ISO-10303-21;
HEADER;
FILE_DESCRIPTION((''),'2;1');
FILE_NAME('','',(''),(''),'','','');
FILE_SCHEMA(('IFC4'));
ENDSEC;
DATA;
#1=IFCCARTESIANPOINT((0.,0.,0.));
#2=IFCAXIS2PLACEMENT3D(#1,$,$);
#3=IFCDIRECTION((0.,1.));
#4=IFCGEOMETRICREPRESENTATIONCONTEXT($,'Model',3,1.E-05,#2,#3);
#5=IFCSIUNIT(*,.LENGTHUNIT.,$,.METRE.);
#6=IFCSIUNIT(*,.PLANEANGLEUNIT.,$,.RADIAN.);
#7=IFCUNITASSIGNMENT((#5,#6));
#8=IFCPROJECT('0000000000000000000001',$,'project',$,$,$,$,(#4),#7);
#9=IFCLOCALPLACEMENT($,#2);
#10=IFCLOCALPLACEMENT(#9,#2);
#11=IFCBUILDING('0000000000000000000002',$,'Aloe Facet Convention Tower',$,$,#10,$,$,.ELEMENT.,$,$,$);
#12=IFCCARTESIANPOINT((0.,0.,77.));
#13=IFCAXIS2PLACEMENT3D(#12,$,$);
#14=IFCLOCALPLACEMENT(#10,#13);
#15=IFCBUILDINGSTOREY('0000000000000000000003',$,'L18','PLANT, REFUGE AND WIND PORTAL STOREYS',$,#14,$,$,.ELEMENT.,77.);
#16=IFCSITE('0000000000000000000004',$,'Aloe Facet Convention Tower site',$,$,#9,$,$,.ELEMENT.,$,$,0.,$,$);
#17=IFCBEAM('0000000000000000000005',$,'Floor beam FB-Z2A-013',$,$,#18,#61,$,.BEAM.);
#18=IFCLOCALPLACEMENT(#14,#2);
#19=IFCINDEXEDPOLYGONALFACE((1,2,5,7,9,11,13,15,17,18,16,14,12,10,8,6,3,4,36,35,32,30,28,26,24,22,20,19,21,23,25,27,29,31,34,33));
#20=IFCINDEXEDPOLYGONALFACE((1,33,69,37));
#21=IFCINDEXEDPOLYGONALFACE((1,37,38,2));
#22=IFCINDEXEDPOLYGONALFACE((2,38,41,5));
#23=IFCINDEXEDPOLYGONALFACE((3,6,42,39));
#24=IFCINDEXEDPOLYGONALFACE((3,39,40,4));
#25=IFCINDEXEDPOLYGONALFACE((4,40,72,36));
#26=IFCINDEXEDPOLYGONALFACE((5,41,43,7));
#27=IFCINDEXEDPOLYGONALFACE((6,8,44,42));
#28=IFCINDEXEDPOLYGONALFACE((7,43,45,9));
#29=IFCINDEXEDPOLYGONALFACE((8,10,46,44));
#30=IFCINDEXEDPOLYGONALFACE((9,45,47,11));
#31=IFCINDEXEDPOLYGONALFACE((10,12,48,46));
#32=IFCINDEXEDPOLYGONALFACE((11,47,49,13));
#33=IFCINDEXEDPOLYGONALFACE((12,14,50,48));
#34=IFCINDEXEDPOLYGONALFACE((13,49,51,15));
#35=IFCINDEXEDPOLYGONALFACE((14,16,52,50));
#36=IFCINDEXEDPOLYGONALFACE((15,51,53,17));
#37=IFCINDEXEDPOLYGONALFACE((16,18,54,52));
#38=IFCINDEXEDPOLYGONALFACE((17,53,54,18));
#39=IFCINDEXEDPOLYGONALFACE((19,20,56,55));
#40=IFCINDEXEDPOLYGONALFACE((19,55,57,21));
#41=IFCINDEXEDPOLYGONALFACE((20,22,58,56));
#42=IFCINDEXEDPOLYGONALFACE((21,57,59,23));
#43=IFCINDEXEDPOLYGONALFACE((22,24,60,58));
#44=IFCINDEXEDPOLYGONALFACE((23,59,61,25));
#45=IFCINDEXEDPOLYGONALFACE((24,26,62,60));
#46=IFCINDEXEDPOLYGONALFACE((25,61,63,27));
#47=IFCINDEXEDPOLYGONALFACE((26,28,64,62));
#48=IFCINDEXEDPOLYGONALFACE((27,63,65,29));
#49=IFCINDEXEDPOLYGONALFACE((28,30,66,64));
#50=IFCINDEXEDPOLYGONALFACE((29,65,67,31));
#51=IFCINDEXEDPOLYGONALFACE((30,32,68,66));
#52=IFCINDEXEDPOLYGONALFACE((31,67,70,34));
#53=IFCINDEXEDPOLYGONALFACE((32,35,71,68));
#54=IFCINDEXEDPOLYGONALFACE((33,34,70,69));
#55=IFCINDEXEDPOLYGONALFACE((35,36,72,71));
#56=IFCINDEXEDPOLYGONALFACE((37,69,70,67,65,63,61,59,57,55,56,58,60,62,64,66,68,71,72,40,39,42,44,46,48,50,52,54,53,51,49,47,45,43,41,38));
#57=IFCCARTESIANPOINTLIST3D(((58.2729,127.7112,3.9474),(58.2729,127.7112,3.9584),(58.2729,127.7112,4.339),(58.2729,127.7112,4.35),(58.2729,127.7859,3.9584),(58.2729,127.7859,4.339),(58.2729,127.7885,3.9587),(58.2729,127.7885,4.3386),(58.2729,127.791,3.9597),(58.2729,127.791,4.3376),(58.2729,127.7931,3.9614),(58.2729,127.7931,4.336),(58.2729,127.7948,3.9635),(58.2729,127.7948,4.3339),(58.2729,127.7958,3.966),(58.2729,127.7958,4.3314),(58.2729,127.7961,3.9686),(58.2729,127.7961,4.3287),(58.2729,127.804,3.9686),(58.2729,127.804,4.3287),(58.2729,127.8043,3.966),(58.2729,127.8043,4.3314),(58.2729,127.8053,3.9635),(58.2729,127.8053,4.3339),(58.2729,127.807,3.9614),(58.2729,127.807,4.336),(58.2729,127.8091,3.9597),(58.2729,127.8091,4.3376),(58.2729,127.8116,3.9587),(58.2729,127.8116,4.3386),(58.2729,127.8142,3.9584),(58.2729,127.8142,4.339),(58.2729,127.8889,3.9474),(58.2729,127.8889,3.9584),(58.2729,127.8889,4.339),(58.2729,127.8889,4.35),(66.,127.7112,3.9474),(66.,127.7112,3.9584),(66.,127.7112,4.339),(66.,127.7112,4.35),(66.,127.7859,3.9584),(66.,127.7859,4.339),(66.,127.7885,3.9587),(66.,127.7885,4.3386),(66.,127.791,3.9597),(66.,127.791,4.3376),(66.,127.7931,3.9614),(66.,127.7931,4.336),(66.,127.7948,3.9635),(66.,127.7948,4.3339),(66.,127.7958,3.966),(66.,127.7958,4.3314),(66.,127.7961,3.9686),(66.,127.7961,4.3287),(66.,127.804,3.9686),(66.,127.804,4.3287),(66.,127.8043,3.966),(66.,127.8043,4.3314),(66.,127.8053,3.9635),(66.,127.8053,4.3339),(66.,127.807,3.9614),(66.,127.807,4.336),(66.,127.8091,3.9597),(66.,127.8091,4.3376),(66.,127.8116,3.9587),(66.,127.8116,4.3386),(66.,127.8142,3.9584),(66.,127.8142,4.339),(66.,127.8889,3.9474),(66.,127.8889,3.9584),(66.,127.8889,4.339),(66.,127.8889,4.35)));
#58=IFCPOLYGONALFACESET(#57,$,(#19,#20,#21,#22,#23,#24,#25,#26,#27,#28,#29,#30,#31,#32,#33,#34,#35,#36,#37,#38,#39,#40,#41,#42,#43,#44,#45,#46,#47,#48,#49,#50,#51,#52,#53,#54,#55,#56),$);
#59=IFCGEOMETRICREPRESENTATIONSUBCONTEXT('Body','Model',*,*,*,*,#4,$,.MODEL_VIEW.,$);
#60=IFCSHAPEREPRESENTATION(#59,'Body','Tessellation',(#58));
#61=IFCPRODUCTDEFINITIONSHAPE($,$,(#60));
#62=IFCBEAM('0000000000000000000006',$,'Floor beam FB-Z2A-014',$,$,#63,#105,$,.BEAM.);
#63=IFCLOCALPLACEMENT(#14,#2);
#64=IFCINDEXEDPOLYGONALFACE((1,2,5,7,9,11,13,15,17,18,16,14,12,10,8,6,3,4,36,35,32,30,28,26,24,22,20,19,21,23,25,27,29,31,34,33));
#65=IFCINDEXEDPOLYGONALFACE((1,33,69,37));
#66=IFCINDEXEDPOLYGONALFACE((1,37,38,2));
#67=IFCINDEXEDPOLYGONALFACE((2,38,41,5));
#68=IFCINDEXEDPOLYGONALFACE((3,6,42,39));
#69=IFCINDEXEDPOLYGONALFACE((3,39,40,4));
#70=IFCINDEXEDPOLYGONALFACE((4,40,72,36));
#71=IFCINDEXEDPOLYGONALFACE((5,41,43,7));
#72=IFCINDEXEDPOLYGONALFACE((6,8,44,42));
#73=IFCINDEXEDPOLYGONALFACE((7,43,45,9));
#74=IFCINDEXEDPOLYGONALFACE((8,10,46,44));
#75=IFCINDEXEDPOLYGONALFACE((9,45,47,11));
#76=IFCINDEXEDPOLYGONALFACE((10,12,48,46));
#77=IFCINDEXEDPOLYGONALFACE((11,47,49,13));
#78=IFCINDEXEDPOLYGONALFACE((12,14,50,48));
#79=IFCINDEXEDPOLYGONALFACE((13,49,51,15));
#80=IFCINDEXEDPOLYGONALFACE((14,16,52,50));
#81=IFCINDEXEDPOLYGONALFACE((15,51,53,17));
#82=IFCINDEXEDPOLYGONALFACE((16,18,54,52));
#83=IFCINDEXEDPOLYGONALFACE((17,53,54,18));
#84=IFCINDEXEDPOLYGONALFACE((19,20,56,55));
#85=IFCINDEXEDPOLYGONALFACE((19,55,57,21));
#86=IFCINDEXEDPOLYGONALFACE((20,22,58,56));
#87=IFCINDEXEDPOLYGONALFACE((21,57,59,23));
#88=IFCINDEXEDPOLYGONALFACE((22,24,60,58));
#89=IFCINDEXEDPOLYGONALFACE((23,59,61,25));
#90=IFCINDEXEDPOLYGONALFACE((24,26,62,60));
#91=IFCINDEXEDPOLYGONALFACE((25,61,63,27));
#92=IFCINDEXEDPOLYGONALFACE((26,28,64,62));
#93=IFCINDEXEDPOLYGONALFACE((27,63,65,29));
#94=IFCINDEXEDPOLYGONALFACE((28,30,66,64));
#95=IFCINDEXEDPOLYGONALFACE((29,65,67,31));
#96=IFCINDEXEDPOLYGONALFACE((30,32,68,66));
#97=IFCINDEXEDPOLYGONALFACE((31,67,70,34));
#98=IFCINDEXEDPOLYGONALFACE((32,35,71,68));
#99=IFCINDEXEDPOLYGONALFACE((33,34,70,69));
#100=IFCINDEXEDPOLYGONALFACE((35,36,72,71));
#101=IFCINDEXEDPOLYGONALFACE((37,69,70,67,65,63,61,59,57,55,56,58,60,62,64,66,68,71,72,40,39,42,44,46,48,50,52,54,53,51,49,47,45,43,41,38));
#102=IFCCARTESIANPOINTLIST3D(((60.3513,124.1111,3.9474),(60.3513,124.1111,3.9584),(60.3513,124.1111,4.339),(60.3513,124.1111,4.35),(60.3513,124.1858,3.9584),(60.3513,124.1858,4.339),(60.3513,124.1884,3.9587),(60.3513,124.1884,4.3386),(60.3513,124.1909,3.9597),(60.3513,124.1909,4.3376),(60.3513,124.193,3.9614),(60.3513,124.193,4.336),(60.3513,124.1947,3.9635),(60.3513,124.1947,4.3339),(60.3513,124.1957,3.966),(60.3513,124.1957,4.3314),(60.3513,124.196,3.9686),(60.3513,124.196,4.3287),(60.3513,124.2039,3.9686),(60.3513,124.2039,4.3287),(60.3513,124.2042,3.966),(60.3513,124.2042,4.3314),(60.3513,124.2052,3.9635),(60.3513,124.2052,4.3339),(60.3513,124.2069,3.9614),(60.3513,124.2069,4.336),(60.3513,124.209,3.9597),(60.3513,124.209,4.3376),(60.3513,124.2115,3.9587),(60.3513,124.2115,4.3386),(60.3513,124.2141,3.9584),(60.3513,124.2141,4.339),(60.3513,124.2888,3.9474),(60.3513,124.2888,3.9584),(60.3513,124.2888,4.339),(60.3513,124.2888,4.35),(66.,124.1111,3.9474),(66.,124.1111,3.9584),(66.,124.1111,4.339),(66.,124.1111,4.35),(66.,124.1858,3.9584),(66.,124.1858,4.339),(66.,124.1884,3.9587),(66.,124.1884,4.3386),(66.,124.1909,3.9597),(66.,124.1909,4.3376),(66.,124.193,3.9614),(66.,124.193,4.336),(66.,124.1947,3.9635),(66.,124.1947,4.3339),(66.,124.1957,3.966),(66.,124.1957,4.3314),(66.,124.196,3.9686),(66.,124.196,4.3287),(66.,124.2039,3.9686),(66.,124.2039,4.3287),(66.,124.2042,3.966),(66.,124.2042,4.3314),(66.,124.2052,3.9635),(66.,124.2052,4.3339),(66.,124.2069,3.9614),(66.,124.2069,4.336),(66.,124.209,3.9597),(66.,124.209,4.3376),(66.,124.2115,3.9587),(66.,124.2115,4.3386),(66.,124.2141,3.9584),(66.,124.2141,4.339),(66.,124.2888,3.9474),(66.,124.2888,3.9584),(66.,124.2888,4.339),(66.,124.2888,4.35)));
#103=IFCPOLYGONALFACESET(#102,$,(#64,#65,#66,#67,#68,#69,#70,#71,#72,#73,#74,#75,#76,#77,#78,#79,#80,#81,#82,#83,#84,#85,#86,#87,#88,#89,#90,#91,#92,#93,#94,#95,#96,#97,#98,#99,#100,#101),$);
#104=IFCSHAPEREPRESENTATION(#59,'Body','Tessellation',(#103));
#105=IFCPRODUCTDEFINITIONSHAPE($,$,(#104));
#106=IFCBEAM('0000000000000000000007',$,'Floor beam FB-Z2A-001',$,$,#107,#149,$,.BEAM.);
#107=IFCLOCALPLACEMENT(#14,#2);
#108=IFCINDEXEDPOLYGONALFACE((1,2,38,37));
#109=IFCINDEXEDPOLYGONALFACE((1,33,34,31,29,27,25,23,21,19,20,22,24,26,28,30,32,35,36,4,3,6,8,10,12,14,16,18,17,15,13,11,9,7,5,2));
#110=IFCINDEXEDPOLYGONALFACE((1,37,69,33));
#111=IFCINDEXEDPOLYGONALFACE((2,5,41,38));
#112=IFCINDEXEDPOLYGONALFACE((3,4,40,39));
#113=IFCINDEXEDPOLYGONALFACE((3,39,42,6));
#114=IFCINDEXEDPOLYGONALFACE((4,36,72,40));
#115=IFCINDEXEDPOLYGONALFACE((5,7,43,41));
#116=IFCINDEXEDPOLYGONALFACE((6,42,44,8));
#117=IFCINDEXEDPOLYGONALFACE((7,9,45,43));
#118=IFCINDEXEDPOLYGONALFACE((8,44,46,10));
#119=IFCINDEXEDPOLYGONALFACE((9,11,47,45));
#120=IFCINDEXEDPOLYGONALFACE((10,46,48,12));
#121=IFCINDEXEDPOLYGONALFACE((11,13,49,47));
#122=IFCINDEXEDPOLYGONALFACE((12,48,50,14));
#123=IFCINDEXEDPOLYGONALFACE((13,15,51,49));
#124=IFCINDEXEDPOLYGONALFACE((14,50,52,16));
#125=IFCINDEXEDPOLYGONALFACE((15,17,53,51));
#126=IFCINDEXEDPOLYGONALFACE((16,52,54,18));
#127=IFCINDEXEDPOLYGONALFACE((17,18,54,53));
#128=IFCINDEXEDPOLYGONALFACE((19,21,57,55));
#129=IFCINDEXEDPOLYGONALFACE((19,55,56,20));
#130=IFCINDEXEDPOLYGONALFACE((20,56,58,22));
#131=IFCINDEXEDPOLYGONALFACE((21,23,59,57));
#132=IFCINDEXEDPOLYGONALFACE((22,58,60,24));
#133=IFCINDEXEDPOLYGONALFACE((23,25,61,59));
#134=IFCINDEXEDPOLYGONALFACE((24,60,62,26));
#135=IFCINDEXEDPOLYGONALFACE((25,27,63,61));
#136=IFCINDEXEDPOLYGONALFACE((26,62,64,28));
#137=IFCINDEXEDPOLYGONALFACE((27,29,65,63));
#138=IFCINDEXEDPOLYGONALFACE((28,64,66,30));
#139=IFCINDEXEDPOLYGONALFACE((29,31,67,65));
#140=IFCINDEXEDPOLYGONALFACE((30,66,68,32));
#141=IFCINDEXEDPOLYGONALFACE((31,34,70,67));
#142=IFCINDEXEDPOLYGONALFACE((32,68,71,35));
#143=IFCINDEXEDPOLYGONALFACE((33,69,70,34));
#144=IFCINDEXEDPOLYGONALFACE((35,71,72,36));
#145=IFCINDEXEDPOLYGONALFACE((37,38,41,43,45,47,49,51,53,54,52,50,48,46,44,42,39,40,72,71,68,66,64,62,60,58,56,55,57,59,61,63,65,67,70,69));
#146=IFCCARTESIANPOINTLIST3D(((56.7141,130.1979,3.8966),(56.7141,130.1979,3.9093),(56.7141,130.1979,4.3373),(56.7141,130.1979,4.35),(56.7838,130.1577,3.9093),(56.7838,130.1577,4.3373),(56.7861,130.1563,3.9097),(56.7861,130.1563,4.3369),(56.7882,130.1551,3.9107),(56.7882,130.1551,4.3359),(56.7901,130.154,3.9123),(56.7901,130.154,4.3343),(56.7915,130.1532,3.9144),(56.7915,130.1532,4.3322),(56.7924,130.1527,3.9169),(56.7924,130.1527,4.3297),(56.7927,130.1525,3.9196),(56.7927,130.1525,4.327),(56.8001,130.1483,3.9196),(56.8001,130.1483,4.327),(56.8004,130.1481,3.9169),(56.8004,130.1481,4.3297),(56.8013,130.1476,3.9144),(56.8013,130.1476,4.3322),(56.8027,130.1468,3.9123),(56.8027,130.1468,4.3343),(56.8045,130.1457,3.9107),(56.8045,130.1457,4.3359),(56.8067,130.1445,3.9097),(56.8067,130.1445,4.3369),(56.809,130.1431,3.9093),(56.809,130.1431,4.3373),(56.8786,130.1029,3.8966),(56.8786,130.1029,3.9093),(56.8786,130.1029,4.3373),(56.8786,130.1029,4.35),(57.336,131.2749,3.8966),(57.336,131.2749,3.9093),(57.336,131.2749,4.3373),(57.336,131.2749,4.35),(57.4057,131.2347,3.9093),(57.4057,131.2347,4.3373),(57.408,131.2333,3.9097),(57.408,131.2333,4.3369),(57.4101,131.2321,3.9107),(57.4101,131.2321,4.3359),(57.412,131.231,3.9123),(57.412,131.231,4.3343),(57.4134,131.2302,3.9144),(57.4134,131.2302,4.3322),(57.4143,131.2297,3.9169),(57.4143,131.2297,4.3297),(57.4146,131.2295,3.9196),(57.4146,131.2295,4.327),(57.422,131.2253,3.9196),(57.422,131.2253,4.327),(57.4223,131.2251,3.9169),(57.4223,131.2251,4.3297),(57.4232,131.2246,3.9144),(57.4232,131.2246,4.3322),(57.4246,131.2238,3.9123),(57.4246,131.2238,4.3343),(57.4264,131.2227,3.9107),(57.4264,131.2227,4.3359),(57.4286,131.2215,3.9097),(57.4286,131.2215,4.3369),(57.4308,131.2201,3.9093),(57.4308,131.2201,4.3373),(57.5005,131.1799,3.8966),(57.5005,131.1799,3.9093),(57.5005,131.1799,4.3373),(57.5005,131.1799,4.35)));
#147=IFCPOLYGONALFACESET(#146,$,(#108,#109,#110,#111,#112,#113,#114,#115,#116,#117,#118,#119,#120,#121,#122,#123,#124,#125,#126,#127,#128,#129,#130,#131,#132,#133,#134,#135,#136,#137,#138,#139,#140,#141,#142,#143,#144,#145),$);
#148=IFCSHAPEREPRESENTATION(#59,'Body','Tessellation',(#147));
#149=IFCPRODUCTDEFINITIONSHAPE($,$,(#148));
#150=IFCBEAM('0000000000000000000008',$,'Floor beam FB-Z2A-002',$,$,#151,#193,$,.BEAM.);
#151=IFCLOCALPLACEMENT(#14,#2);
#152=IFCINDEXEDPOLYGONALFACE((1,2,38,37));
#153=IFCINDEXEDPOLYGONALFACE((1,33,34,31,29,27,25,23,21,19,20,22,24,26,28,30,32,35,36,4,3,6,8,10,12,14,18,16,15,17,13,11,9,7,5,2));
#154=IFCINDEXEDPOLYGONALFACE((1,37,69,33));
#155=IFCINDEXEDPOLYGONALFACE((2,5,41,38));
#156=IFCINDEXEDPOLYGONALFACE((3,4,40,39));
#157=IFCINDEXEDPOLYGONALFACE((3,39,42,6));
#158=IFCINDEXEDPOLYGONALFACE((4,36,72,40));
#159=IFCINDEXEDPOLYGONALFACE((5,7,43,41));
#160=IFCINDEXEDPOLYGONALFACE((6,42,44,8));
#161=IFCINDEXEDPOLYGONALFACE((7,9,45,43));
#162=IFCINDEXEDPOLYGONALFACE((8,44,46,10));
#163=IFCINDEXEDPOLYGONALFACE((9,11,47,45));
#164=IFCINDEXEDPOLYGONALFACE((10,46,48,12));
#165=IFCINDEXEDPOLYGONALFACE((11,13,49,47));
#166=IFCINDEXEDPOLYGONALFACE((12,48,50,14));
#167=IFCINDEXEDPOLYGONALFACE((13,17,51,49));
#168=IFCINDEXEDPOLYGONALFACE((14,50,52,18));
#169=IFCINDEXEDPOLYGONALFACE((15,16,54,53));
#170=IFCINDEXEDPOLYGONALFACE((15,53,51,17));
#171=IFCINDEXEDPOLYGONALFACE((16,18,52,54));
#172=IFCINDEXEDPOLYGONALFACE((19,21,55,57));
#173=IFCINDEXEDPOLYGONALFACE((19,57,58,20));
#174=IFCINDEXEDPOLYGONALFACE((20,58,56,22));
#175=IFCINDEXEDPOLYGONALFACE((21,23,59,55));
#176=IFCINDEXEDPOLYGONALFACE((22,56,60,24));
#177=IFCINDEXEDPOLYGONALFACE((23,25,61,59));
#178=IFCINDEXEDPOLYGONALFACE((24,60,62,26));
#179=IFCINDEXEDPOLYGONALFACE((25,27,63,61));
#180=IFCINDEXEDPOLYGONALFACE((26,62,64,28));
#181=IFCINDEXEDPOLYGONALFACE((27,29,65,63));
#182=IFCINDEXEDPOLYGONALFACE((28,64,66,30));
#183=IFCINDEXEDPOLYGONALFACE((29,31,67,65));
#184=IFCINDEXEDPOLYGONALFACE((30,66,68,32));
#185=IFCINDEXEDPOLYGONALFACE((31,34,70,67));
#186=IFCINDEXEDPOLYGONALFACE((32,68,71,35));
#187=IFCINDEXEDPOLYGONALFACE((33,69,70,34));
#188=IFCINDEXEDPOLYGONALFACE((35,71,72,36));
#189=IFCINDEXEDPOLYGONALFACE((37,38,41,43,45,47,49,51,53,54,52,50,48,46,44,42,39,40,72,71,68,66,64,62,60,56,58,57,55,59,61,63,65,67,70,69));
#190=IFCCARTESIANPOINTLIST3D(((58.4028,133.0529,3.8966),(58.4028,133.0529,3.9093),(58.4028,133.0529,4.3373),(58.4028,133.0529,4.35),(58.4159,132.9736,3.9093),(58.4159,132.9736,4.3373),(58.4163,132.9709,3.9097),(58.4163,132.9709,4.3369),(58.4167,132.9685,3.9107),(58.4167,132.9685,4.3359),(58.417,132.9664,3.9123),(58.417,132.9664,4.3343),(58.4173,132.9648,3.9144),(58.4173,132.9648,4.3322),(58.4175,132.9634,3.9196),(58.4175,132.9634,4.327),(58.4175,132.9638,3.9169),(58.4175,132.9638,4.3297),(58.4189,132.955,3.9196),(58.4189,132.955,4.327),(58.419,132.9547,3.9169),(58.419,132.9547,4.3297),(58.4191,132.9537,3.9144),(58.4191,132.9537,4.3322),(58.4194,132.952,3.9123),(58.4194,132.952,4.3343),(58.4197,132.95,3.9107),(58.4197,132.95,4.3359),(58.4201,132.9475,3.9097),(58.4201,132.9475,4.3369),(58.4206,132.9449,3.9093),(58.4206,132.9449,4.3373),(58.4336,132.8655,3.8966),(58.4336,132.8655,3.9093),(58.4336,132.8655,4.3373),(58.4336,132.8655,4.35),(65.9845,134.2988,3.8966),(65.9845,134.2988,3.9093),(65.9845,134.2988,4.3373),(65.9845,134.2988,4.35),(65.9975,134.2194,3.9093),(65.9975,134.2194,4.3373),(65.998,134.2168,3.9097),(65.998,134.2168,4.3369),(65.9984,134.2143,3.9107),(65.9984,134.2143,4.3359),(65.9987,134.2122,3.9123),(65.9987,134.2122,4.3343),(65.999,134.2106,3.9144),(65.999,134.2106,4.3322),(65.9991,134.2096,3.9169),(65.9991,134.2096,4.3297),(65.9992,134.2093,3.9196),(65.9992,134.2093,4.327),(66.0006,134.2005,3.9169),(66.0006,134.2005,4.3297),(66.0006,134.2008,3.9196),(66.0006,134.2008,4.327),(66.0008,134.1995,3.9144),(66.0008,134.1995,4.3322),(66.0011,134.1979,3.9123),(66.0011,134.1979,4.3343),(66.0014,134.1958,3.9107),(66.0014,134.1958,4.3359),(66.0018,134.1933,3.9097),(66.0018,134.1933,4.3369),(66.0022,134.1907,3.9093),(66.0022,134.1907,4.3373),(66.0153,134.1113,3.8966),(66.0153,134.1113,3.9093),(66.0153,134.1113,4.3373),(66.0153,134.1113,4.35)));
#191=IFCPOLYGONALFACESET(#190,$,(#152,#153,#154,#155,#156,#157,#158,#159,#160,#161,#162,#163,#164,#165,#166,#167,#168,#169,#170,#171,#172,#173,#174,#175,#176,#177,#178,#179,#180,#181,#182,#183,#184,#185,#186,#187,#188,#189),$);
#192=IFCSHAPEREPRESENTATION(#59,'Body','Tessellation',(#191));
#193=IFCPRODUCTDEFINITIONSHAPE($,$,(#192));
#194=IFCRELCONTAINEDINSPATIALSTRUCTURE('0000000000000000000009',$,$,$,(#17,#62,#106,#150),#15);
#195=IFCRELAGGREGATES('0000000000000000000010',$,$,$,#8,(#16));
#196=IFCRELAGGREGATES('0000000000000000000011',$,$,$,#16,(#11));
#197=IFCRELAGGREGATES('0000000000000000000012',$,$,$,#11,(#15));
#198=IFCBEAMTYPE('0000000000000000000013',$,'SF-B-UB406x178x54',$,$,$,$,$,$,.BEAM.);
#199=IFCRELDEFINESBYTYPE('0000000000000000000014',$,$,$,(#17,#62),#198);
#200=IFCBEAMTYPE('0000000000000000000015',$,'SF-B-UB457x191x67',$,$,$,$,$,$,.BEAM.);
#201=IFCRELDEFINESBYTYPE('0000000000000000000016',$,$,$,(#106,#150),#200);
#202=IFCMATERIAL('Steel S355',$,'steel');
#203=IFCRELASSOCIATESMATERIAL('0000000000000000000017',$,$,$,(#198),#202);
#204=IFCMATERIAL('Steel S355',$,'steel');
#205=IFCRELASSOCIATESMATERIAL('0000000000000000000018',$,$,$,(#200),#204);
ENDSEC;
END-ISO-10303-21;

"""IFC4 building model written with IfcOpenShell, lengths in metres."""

from ifc_helpers import new_model, si_unit, direction, frame, origin, origin_2d, place, context, subcontext, project, spatial, i_section, extrude, material, material_profile, profile_set, type_object, element, save


model = new_model("IFC4")

# Units and contexts
model_context = context("Model", 3, precision=1e-05, world=origin(), true_north=direction((0.0, 1.0)))
body_context = subcontext(model_context, "Body", "Model", "MODEL_VIEW")
ifc_project = project(units=[si_unit("LENGTHUNIT", "METRE"), si_unit("PLANEANGLEUNIT", "RADIAN")], contexts=[model_context])

# Site, building, storey
site_placement = place(None, origin())
site = spatial("IfcSite", under=ifc_project, at=site_placement, Name="Aloe Facet Convention Tower site", CompositionType="ELEMENT", RefElevation=0.0)
building_placement = place(site_placement, origin())
building = spatial("IfcBuilding", under=site, at=building_placement, Name="Aloe Facet Convention Tower", CompositionType="ELEMENT")
storey_placement = place(building_placement, frame((0.0, 0.0, 77.0)))
storey = spatial("IfcBuildingStorey", under=building, at=storey_placement, Name="L18", Description="PLANT, REFUGE AND WIND PORTAL STOREYS", CompositionType="ELEMENT", Elevation=77.0)

# Beams
ifc_material_1 = material(Name="Steel S355", Category="steel")
ifc_material_profile_1 = material_profile(ifc_material_1, i_section(OverallWidth=0.1777, OverallDepth=0.4026, WebThickness=0.0078, FlangeThickness=0.011, FilletRadius=0.0103, at=origin_2d()), Name="UB 406x178x54")
ifc_profile_set_1 = profile_set([ifc_material_profile_1], Name="Steel S355")
beam_type_1 = type_object("IfcBeamType", Name="SF-B-UB406x178x54", PredefinedType="BEAM", material=ifc_profile_set_1)
beam_1_placement = place(storey_placement, frame((58.2729, 127.8, 4.1487), z_axis=(1.0, 0.0, 0.0), x_axis=(0.0, 1.0, 0.0)))
element("IfcBeam", 1, at=beam_1_placement, inside=storey, type_object=beam_type_1, Name="Floor beam FB-Z2A-013", PredefinedType="BEAM", context=body_context, shape_type="SweptSolid", body=[
    extrude(i_section(OverallWidth=0.1777, OverallDepth=0.4026, WebThickness=0.0078, FlangeThickness=0.011, FilletRadius=0.0103, at=origin_2d()), origin(), (0.0, 0.0, 1.0), 7.7271),
])
beam_2_placement = place(storey_placement, frame((60.3513, 124.2, 4.1487), z_axis=(1.0, 0.0, 0.0), x_axis=(0.0, 1.0, 0.0)))
element("IfcBeam", 2, at=beam_2_placement, inside=storey, type_object=beam_type_1, Name="Floor beam FB-Z2A-014", PredefinedType="BEAM", context=body_context, shape_type="SweptSolid", body=[
    extrude(i_section(OverallWidth=0.1777, OverallDepth=0.4026, WebThickness=0.0078, FlangeThickness=0.011, FilletRadius=0.0103, at=origin_2d()), origin(), (0.0, 0.0, 1.0), 5.6487),
])
ifc_material_2 = material(Name="Steel S355", Category="steel")
ifc_material_profile_2 = material_profile(ifc_material_2, i_section(OverallWidth=0.1899, OverallDepth=0.4534, WebThickness=0.0085, FlangeThickness=0.0127, FilletRadius=0.0103, at=origin_2d()), Name="UB 457x191x67")
ifc_profile_set_2 = profile_set([ifc_material_profile_2], Name="Steel S355")
beam_type_2 = type_object("IfcBeamType", Name="SF-B-UB457x191x67", PredefinedType="BEAM", material=ifc_profile_set_2)
beam_3_placement = place(storey_placement, frame((56.7964, 130.1504, 4.1233), z_axis=(0.500045, 0.865999, 0.0), x_axis=(-0.865999, 0.500045, 0.0)))
element("IfcBeam", 3, at=beam_3_placement, inside=storey, type_object=beam_type_2, Name="Floor beam FB-Z2A-001", PredefinedType="BEAM", context=body_context, shape_type="SweptSolid", body=[
    extrude(i_section(OverallWidth=0.1899, OverallDepth=0.4534, WebThickness=0.0085, FlangeThickness=0.0127, FilletRadius=0.0103, at=origin_2d()), origin(), (0.0, 0.0, 1.0), 1.2437),
])
beam_4_placement = place(storey_placement, frame((58.4182, 132.9592, 4.1233), z_axis=(0.986767, 0.162147, 0.0), x_axis=(-0.162147, 0.986767, 0.0)))
element("IfcBeam", 4, at=beam_4_placement, inside=storey, type_object=beam_type_2, Name="Floor beam FB-Z2A-002", PredefinedType="BEAM", context=body_context, shape_type="SweptSolid", body=[
    extrude(i_section(OverallWidth=0.1899, OverallDepth=0.4534, WebThickness=0.0085, FlangeThickness=0.0127, FilletRadius=0.0103, at=origin_2d()), origin(), (0.0, 0.0, 1.0), 7.6833),
])

save(model, "model.ifc")
